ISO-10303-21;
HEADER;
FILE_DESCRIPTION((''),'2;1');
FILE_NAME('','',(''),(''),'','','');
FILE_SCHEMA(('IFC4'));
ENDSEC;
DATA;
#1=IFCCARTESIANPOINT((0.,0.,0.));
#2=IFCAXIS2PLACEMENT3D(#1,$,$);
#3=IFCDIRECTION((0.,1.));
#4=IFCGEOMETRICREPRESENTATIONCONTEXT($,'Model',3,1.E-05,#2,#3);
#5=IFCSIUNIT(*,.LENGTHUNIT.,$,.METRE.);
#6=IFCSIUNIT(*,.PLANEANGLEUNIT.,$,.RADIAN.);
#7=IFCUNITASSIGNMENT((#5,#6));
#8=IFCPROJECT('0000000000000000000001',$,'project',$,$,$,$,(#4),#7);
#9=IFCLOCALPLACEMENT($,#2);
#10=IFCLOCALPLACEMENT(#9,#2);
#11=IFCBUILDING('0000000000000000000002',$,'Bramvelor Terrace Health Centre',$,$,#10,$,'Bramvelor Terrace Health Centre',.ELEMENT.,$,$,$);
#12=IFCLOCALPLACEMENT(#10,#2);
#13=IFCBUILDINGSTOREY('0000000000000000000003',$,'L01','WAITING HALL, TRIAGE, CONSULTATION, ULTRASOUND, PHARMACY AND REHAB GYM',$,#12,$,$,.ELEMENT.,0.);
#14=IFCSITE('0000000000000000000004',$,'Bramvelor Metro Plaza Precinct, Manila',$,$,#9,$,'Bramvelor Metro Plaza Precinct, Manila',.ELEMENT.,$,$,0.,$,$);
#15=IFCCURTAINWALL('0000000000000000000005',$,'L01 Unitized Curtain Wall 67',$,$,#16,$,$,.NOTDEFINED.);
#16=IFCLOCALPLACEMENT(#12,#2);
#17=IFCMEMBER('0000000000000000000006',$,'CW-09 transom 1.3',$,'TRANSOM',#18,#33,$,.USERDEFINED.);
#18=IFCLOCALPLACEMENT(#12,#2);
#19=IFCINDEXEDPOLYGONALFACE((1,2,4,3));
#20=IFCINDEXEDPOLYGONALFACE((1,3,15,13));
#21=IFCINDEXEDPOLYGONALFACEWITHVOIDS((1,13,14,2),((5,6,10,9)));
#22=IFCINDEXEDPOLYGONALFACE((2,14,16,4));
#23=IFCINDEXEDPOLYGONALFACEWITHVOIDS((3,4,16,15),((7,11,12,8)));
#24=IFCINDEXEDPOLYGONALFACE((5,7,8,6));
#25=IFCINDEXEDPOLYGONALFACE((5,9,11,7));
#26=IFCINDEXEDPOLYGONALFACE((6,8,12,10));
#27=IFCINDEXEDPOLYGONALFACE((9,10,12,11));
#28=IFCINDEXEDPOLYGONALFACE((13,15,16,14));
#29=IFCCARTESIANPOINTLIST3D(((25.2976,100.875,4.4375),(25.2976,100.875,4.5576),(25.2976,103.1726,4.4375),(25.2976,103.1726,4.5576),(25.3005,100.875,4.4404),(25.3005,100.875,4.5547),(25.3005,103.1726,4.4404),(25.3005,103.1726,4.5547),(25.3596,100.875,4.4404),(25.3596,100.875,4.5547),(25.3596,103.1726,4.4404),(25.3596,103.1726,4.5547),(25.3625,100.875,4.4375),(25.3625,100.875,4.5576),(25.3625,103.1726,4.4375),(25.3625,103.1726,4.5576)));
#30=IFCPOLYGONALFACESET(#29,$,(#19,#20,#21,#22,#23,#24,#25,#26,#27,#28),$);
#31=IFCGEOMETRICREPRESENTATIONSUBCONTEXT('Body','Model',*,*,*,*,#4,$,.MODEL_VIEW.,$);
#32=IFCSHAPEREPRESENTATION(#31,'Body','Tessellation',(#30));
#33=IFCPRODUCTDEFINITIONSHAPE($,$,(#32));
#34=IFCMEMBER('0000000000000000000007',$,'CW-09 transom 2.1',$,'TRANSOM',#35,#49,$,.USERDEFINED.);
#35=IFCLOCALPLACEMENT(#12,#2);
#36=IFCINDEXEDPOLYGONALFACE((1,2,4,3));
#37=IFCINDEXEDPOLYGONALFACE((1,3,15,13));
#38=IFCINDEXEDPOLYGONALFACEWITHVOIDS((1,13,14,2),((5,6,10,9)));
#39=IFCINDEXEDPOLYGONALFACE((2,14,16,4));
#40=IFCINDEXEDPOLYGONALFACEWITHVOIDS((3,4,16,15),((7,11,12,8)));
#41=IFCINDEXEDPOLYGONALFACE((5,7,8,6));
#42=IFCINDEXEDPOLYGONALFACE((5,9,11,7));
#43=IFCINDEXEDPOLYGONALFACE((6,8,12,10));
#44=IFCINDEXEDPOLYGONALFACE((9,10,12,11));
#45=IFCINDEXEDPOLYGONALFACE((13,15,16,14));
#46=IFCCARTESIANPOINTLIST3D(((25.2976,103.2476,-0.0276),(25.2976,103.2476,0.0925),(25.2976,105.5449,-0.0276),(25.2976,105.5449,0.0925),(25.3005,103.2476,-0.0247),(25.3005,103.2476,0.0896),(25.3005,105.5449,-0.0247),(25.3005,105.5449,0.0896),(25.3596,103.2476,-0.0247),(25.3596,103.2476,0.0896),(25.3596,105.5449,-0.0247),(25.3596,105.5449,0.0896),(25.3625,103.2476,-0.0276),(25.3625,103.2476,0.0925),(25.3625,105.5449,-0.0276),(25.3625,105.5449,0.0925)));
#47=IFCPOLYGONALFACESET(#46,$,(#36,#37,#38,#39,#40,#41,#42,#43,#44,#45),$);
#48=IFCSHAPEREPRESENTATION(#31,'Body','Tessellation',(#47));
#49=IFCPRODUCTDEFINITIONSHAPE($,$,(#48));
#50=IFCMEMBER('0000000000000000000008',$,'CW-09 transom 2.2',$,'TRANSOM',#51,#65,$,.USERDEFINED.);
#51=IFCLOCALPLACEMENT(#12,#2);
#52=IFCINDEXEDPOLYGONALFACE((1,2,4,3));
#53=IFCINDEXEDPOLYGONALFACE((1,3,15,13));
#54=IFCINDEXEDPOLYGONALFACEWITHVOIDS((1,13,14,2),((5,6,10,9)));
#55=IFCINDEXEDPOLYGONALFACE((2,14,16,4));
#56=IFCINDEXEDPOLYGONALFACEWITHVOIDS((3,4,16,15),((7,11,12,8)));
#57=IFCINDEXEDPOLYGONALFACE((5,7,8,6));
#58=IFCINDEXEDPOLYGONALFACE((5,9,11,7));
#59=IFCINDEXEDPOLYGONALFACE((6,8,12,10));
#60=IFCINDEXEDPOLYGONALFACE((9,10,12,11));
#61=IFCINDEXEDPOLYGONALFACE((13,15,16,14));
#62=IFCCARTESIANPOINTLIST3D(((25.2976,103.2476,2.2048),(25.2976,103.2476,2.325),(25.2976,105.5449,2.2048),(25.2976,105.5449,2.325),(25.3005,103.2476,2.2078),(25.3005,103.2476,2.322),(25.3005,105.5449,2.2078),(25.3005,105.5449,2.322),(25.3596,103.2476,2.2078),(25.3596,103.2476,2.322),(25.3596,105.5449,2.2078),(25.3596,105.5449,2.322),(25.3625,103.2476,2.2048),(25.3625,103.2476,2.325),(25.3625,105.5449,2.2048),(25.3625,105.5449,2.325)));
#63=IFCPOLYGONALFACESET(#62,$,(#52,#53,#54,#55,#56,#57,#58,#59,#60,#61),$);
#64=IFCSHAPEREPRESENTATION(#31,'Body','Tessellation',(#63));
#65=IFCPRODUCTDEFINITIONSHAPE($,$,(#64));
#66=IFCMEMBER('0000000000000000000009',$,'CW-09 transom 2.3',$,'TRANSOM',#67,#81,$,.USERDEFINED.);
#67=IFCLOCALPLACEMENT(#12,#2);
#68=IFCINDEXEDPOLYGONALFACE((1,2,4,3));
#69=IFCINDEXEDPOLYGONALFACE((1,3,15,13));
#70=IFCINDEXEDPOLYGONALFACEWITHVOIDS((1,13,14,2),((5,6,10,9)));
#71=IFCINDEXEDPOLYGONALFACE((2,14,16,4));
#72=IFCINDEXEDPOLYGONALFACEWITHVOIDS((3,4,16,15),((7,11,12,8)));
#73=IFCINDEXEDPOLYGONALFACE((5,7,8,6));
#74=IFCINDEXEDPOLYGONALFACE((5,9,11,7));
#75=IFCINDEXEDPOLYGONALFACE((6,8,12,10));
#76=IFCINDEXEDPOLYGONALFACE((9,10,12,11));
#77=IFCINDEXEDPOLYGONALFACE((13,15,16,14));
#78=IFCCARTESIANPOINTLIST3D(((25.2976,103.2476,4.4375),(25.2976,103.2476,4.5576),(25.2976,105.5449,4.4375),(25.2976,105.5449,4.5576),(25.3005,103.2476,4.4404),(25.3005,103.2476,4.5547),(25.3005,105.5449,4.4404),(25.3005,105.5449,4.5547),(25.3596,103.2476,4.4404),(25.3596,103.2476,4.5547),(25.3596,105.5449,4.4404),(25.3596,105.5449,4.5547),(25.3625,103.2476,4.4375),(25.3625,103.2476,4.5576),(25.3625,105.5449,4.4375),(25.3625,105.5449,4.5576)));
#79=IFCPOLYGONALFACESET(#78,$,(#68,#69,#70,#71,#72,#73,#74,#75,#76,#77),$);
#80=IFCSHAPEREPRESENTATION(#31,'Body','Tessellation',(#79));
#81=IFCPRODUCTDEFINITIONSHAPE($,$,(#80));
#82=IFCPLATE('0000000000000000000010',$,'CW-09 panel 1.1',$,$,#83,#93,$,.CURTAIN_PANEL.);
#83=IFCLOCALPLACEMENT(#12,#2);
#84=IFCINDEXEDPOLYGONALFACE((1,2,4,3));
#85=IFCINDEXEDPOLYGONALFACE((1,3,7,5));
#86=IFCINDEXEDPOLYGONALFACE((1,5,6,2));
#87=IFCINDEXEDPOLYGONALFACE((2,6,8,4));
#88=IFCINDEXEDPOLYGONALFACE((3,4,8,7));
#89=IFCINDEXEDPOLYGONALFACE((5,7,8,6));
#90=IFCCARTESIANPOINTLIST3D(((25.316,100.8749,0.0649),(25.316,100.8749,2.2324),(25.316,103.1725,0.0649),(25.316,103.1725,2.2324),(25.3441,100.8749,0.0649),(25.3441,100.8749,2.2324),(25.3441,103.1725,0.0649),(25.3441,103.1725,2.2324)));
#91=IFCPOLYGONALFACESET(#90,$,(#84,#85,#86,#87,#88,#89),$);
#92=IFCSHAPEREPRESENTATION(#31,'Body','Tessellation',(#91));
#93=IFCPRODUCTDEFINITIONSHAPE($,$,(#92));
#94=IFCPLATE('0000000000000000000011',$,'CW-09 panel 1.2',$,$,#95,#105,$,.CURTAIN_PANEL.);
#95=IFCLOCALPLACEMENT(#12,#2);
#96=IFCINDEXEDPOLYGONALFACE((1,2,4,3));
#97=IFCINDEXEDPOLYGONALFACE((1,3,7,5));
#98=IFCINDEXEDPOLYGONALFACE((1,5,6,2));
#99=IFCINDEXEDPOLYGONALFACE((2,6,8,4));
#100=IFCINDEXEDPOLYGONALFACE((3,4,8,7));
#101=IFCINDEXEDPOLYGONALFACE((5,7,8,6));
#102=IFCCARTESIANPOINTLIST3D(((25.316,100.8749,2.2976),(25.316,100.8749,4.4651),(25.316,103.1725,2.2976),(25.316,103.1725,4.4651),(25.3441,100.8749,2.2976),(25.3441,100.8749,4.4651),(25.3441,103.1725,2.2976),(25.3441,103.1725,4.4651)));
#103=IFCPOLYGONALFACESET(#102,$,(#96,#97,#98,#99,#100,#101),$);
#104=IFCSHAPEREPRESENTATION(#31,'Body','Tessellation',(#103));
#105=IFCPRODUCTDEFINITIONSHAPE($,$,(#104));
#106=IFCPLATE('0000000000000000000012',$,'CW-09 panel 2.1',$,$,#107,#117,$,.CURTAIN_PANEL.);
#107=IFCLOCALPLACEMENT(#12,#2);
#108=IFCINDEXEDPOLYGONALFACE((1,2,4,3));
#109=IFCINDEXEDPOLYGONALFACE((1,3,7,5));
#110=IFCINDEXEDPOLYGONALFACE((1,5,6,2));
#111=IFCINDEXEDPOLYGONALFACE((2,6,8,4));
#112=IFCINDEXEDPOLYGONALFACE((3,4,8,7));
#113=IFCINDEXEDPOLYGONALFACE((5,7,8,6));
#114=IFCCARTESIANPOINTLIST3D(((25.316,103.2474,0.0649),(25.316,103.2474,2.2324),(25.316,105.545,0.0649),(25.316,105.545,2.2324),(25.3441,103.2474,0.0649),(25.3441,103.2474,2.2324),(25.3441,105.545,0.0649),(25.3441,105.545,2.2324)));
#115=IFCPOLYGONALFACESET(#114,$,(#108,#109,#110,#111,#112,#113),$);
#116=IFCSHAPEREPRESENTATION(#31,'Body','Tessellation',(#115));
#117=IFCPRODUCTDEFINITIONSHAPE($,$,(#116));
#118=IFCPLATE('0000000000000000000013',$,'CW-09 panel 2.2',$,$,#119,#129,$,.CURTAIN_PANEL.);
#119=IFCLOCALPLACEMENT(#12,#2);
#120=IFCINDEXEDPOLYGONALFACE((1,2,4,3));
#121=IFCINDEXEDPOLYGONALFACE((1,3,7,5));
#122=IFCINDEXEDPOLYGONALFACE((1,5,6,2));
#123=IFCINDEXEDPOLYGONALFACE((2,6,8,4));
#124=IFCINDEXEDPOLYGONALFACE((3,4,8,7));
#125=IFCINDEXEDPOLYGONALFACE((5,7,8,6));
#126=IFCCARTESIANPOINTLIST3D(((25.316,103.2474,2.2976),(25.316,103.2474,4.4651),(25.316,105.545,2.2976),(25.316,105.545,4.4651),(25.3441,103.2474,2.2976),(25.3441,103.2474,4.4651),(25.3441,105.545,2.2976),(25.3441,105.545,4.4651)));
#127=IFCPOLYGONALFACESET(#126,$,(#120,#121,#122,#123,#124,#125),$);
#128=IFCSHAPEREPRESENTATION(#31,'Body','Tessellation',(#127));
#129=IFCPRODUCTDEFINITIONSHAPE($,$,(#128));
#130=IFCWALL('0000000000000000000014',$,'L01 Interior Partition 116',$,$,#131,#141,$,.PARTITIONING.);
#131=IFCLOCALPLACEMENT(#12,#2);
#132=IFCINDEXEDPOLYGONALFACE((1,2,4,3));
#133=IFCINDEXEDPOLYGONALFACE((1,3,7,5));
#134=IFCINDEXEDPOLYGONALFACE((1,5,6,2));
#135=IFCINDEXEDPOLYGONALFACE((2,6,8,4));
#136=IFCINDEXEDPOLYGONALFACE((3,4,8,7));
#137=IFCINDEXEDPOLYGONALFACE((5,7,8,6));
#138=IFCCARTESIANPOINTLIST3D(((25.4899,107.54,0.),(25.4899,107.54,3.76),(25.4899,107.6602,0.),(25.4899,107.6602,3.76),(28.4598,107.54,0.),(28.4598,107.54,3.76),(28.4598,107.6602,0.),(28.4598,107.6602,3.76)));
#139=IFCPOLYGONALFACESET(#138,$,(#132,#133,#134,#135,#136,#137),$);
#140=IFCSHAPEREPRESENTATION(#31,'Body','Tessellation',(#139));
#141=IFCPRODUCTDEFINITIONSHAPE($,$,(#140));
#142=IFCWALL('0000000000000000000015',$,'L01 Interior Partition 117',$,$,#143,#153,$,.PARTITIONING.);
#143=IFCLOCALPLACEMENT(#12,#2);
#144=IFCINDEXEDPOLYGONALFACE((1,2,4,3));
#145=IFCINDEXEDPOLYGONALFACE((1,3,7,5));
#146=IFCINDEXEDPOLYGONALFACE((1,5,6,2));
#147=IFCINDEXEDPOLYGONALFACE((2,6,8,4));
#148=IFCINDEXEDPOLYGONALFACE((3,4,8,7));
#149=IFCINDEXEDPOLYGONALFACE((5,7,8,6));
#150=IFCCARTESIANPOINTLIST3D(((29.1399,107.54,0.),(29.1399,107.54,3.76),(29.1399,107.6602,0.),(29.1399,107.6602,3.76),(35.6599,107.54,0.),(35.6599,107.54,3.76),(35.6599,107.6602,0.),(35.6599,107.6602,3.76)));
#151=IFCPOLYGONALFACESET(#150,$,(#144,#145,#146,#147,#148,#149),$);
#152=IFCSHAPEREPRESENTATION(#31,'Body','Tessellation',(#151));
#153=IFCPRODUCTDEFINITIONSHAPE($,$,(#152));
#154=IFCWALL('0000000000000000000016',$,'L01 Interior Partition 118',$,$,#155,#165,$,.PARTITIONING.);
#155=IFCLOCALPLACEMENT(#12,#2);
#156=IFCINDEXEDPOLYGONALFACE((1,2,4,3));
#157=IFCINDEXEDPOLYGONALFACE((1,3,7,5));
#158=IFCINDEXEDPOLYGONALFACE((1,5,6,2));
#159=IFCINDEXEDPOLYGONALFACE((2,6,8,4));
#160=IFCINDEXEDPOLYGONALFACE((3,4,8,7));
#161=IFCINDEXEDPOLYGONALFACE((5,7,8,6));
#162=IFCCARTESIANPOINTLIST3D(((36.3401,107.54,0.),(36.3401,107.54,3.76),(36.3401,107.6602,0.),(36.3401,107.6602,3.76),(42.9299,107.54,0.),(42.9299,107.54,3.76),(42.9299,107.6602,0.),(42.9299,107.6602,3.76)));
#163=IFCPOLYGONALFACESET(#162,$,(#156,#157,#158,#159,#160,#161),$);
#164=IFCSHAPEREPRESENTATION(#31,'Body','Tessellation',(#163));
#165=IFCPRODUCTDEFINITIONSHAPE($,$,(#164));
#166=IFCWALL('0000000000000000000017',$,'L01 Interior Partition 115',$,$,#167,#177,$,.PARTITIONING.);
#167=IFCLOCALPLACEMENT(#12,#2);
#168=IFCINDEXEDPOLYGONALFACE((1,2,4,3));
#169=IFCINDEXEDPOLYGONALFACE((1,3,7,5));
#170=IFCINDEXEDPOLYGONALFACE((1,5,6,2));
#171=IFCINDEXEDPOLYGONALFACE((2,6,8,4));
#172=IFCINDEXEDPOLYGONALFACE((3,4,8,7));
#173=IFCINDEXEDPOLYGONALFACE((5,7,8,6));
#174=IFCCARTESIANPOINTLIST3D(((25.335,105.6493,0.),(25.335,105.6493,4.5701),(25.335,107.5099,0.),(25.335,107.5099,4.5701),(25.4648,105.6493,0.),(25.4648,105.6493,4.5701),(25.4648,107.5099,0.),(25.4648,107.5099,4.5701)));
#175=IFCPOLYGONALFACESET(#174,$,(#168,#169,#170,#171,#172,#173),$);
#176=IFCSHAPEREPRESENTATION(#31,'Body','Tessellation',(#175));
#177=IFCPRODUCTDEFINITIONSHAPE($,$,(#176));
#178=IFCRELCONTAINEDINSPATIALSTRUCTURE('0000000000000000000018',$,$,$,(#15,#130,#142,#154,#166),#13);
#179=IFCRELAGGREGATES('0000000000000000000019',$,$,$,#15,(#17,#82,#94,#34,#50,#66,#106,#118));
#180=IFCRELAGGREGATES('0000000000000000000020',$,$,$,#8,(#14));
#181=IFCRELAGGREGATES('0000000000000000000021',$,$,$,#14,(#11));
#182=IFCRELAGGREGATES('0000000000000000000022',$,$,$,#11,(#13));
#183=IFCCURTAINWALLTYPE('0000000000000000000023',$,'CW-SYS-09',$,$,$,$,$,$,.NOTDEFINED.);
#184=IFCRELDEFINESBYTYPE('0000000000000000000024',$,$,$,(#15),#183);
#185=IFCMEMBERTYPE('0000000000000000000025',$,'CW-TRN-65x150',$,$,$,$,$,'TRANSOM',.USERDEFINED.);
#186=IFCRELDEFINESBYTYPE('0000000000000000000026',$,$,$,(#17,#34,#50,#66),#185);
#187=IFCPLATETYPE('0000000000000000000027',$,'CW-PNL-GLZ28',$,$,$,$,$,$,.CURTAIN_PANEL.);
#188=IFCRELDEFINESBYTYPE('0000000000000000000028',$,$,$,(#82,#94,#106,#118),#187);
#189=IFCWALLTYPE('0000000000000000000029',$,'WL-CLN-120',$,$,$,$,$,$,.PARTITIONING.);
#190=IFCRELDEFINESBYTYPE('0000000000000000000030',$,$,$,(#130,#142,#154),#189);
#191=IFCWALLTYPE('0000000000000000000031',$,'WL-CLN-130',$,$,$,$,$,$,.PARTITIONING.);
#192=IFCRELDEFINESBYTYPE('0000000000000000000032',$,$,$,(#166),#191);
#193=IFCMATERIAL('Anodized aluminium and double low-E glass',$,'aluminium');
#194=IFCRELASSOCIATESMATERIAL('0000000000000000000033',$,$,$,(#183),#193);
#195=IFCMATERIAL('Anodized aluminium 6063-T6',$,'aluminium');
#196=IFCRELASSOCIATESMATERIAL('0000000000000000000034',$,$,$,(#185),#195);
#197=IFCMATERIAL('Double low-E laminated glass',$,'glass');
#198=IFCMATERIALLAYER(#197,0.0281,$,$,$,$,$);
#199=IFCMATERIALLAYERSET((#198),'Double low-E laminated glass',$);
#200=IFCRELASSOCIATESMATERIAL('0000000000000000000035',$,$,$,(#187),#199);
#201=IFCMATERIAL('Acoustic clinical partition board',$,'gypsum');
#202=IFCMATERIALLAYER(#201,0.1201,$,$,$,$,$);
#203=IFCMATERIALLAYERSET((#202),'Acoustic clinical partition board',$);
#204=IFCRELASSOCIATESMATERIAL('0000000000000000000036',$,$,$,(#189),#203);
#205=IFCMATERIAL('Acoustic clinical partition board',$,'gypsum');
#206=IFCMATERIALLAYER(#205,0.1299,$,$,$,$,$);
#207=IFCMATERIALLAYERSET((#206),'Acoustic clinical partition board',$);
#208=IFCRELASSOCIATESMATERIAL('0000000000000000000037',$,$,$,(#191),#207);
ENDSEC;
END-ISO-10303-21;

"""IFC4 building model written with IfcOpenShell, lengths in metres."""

from ifc_helpers import new_model, si_unit, direction, frame, frame_2d, origin, origin_2d, place, context, subcontext, project, spatial, rectangle, hollow_rectangle, extrude, material, layer, layer_set, material_profile, profile_set, type_object, element, aggregate, save


model = new_model("IFC4")

# Units and contexts
model_context = context("Model", 3, precision=1e-05, world=origin(), true_north=direction((0.0, 1.0)))
body_context = subcontext(model_context, "Body", "Model", "MODEL_VIEW")
ifc_project = project(units=[si_unit("LENGTHUNIT", "METRE"), si_unit("PLANEANGLEUNIT", "RADIAN")], contexts=[model_context])

# Site, building, storey
site_placement = place(None, origin())
site = spatial("IfcSite", under=ifc_project, at=site_placement, Name="Bramvelor Metro Plaza Precinct, Manila", LongName="Bramvelor Metro Plaza Precinct, Manila", CompositionType="ELEMENT", RefElevation=0.0)
building_placement = place(site_placement, origin())
building = spatial("IfcBuilding", under=site, at=building_placement, Name="Bramvelor Terrace Health Centre", LongName="Bramvelor Terrace Health Centre", CompositionType="ELEMENT")
storey_placement = place(building_placement, origin())
storey = spatial("IfcBuildingStorey", under=building, at=storey_placement, Name="L01", Description="WAITING HALL, TRIAGE, CONSULTATION, ULTRASOUND, PHARMACY AND REHAB GYM", CompositionType="ELEMENT", Elevation=0.0)

# Curtain wall, members, plates
ifc_material_1 = material(Name="Anodized aluminium and double low-E glass", Category="aluminium")
curtain_wall_type = type_object("IfcCurtainWallType", Name="CW-SYS-09", PredefinedType="NOTDEFINED", material=ifc_material_1)
curtain_wall_placement = place(storey_placement, origin())
curtain_wall = element("IfcCurtainWall", 1, at=curtain_wall_placement, inside=storey, type_object=curtain_wall_type, Name="L01 Unitized Curtain Wall 67", PredefinedType="NOTDEFINED")
ifc_material_2 = material(Name="Anodized aluminium 6063-T6", Category="aluminium")
ifc_material_profile_1 = material_profile(ifc_material_2, hollow_rectangle(XDim=0.0649, YDim=0.1201, WallThickness=0.0029, at=origin_2d()), Name="ALU-TRN 65x120x3.0")
ifc_profile_set_1 = profile_set([ifc_material_profile_1], Name="Anodized aluminium 6063-T6")
member_type_1 = type_object("IfcMemberType", Name="CW-TRN-65x150", ElementType="TRANSOM", PredefinedType="USERDEFINED", material=ifc_profile_set_1)
member_1_placement = place(storey_placement, frame((25.3301, 100.875, 4.4976), z_axis=(0.0, 1.0, 0.0), x_axis=(-1.0, 0.0, 0.0)))
member_1 = element("IfcMember", 2, at=member_1_placement, type_object=member_type_1, Name="CW-09 transom 1.3", ObjectType="TRANSOM", PredefinedType="USERDEFINED", context=body_context, shape_type="SweptSolid", body=[
    extrude(hollow_rectangle(XDim=0.0649, YDim=0.1201, WallThickness=0.0029, at=origin_2d()), origin(), (0.0, 0.0, 1.0), 2.2976),
])
member_2_placement = place(storey_placement, frame((25.3301, 103.2476, 0.0325), z_axis=(0.0, 1.0, 0.0), x_axis=(-1.0, 0.0, 0.0)))
member_2 = element("IfcMember", 3, at=member_2_placement, type_object=member_type_1, Name="CW-09 transom 2.1", ObjectType="TRANSOM", PredefinedType="USERDEFINED", context=body_context, shape_type="SweptSolid", body=[
    extrude(hollow_rectangle(XDim=0.0649, YDim=0.1201, WallThickness=0.0029, at=origin_2d()), origin(), (0.0, 0.0, 1.0), 2.2974),
])
member_3_placement = place(storey_placement, frame((25.3301, 103.2476, 2.2649), z_axis=(0.0, 1.0, 0.0), x_axis=(-1.0, 0.0, 0.0)))
member_3 = element("IfcMember", 4, at=member_3_placement, type_object=member_type_1, Name="CW-09 transom 2.2", ObjectType="TRANSOM", PredefinedType="USERDEFINED", context=body_context, shape_type="SweptSolid", body=[
    extrude(hollow_rectangle(XDim=0.0649, YDim=0.1201, WallThickness=0.0029, at=origin_2d()), origin(), (0.0, 0.0, 1.0), 2.2974),
])
member_4_placement = place(storey_placement, frame((25.3301, 103.2476, 4.4976), z_axis=(0.0, 1.0, 0.0), x_axis=(-1.0, 0.0, 0.0)))
member_4 = element("IfcMember", 5, at=member_4_placement, type_object=member_type_1, Name="CW-09 transom 2.3", ObjectType="TRANSOM", PredefinedType="USERDEFINED", context=body_context, shape_type="SweptSolid", body=[
    extrude(hollow_rectangle(XDim=0.0649, YDim=0.1201, WallThickness=0.0029, at=origin_2d()), origin(), (0.0, 0.0, 1.0), 2.2974),
])
ifc_material_3 = material(Name="Double low-E laminated glass", Category="glass")
ifc_layer_1 = layer(ifc_material_3, 0.0281)
ifc_layer_set_1 = layer_set([ifc_layer_1], Name="Double low-E laminated glass")
plate_type = type_object("IfcPlateType", Name="CW-PNL-GLZ28", PredefinedType="CURTAIN_PANEL", material=ifc_layer_set_1)
plate_1_placement = place(storey_placement, frame((25.3301, 102.0237, 0.0649), z_axis=(0.0, 0.0, 1.0), x_axis=(0.0, 1.0, 0.0)))
plate_1 = element("IfcPlate", 6, at=plate_1_placement, type_object=plate_type, Name="CW-09 panel 1.1", PredefinedType="CURTAIN_PANEL", context=body_context, shape_type="SweptSolid", body=[
    extrude(rectangle(XDim=2.2976, YDim=0.0281, at=origin_2d()), origin(), (0.0, 0.0, 1.0), 2.1675),
])
plate_2_placement = place(storey_placement, frame((25.3301, 102.0237, 2.2976), z_axis=(0.0, 0.0, 1.0), x_axis=(0.0, 1.0, 0.0)))
plate_2 = element("IfcPlate", 7, at=plate_2_placement, type_object=plate_type, Name="CW-09 panel 1.2", PredefinedType="CURTAIN_PANEL", context=body_context, shape_type="SweptSolid", body=[
    extrude(rectangle(XDim=2.2976, YDim=0.0281, at=origin_2d()), origin(), (0.0, 0.0, 1.0), 2.1675),
])
plate_3_placement = place(storey_placement, frame((25.3301, 104.3962, 0.0649), z_axis=(0.0, 0.0, 1.0), x_axis=(0.0, 1.0, 0.0)))
plate_3 = element("IfcPlate", 8, at=plate_3_placement, type_object=plate_type, Name="CW-09 panel 2.1", PredefinedType="CURTAIN_PANEL", context=body_context, shape_type="SweptSolid", body=[
    extrude(rectangle(XDim=2.2976, YDim=0.0281, at=origin_2d()), origin(), (0.0, 0.0, 1.0), 2.1675),
])
plate_4_placement = place(storey_placement, frame((25.3301, 104.3962, 2.2976), z_axis=(0.0, 0.0, 1.0), x_axis=(0.0, 1.0, 0.0)))
plate_4 = element("IfcPlate", 9, at=plate_4_placement, type_object=plate_type, Name="CW-09 panel 2.2", PredefinedType="CURTAIN_PANEL", context=body_context, shape_type="SweptSolid", body=[
    extrude(rectangle(XDim=2.2976, YDim=0.0281, at=origin_2d()), origin(), (0.0, 0.0, 1.0), 2.1675),
])
aggregate(curtain_wall, [member_1, plate_1, plate_2, member_2, member_3, member_4, plate_3, plate_4])

# Walls
ifc_material_4 = material(Name="Acoustic clinical partition board", Category="gypsum")
ifc_layer_2 = layer(ifc_material_4, 0.1201)
ifc_layer_set_2 = layer_set([ifc_layer_2], Name="Acoustic clinical partition board")
wall_type_1 = type_object("IfcWallType", Name="WL-CLN-120", PredefinedType="PARTITIONING", material=ifc_layer_set_2)
wall_1_placement = place(storey_placement, frame((25.49, 107.6001, 0.0), z_axis=(0.0, 0.0, 1.0), x_axis=(1.0, 0.0, 0.0)))
element("IfcWall", 10, at=wall_1_placement, inside=storey, type_object=wall_type_1, Name="L01 Interior Partition 116", PredefinedType="PARTITIONING", context=body_context, shape_type="SweptSolid", body=[
    extrude(rectangle(XDim=2.97, YDim=0.1201, at=frame_2d((1.4849, 0.0))), origin(), (0.0, 0.0, 1.0), 3.76),
])
wall_2_placement = place(storey_placement, frame((29.1399, 107.6001, 0.0), z_axis=(0.0, 0.0, 1.0), x_axis=(1.0, 0.0, 0.0)))
element("IfcWall", 11, at=wall_2_placement, inside=storey, type_object=wall_type_1, Name="L01 Interior Partition 117", PredefinedType="PARTITIONING", context=body_context, shape_type="SweptSolid", body=[
    extrude(rectangle(XDim=6.52, YDim=0.1201, at=frame_2d((3.26, 0.0))), origin(), (0.0, 0.0, 1.0), 3.76),
])
wall_3_placement = place(storey_placement, frame((36.3401, 107.6001, 0.0), z_axis=(0.0, 0.0, 1.0), x_axis=(1.0, 0.0, 0.0)))
element("IfcWall", 12, at=wall_3_placement, inside=storey, type_object=wall_type_1, Name="L01 Interior Partition 118", PredefinedType="PARTITIONING", context=body_context, shape_type="SweptSolid", body=[
    extrude(rectangle(XDim=6.5898, YDim=0.1201, at=frame_2d((3.2949, 0.0))), origin(), (0.0, 0.0, 1.0), 3.76),
])
ifc_material_5 = material(Name="Acoustic clinical partition board", Category="gypsum")
ifc_layer_3 = layer(ifc_material_5, 0.1299)
ifc_layer_set_3 = layer_set([ifc_layer_3], Name="Acoustic clinical partition board")
wall_type_2 = type_object("IfcWallType", Name="WL-CLN-130", PredefinedType="PARTITIONING", material=ifc_layer_set_3)
wall_4_placement = place(storey_placement, frame((25.3999, 105.6494, 0.0), z_axis=(0.0, 0.0, 1.0), x_axis=(0.0, 1.0, 0.0)))
element("IfcWall", 13, at=wall_4_placement, inside=storey, type_object=wall_type_2, Name="L01 Interior Partition 115", PredefinedType="PARTITIONING", context=body_context, shape_type="SweptSolid", body=[
    extrude(rectangle(XDim=1.8606, YDim=0.1299, at=frame_2d((0.9302, 0.0))), origin(), (0.0, 0.0, 1.0), 4.5701),
])

save(model, "model.ifc")
